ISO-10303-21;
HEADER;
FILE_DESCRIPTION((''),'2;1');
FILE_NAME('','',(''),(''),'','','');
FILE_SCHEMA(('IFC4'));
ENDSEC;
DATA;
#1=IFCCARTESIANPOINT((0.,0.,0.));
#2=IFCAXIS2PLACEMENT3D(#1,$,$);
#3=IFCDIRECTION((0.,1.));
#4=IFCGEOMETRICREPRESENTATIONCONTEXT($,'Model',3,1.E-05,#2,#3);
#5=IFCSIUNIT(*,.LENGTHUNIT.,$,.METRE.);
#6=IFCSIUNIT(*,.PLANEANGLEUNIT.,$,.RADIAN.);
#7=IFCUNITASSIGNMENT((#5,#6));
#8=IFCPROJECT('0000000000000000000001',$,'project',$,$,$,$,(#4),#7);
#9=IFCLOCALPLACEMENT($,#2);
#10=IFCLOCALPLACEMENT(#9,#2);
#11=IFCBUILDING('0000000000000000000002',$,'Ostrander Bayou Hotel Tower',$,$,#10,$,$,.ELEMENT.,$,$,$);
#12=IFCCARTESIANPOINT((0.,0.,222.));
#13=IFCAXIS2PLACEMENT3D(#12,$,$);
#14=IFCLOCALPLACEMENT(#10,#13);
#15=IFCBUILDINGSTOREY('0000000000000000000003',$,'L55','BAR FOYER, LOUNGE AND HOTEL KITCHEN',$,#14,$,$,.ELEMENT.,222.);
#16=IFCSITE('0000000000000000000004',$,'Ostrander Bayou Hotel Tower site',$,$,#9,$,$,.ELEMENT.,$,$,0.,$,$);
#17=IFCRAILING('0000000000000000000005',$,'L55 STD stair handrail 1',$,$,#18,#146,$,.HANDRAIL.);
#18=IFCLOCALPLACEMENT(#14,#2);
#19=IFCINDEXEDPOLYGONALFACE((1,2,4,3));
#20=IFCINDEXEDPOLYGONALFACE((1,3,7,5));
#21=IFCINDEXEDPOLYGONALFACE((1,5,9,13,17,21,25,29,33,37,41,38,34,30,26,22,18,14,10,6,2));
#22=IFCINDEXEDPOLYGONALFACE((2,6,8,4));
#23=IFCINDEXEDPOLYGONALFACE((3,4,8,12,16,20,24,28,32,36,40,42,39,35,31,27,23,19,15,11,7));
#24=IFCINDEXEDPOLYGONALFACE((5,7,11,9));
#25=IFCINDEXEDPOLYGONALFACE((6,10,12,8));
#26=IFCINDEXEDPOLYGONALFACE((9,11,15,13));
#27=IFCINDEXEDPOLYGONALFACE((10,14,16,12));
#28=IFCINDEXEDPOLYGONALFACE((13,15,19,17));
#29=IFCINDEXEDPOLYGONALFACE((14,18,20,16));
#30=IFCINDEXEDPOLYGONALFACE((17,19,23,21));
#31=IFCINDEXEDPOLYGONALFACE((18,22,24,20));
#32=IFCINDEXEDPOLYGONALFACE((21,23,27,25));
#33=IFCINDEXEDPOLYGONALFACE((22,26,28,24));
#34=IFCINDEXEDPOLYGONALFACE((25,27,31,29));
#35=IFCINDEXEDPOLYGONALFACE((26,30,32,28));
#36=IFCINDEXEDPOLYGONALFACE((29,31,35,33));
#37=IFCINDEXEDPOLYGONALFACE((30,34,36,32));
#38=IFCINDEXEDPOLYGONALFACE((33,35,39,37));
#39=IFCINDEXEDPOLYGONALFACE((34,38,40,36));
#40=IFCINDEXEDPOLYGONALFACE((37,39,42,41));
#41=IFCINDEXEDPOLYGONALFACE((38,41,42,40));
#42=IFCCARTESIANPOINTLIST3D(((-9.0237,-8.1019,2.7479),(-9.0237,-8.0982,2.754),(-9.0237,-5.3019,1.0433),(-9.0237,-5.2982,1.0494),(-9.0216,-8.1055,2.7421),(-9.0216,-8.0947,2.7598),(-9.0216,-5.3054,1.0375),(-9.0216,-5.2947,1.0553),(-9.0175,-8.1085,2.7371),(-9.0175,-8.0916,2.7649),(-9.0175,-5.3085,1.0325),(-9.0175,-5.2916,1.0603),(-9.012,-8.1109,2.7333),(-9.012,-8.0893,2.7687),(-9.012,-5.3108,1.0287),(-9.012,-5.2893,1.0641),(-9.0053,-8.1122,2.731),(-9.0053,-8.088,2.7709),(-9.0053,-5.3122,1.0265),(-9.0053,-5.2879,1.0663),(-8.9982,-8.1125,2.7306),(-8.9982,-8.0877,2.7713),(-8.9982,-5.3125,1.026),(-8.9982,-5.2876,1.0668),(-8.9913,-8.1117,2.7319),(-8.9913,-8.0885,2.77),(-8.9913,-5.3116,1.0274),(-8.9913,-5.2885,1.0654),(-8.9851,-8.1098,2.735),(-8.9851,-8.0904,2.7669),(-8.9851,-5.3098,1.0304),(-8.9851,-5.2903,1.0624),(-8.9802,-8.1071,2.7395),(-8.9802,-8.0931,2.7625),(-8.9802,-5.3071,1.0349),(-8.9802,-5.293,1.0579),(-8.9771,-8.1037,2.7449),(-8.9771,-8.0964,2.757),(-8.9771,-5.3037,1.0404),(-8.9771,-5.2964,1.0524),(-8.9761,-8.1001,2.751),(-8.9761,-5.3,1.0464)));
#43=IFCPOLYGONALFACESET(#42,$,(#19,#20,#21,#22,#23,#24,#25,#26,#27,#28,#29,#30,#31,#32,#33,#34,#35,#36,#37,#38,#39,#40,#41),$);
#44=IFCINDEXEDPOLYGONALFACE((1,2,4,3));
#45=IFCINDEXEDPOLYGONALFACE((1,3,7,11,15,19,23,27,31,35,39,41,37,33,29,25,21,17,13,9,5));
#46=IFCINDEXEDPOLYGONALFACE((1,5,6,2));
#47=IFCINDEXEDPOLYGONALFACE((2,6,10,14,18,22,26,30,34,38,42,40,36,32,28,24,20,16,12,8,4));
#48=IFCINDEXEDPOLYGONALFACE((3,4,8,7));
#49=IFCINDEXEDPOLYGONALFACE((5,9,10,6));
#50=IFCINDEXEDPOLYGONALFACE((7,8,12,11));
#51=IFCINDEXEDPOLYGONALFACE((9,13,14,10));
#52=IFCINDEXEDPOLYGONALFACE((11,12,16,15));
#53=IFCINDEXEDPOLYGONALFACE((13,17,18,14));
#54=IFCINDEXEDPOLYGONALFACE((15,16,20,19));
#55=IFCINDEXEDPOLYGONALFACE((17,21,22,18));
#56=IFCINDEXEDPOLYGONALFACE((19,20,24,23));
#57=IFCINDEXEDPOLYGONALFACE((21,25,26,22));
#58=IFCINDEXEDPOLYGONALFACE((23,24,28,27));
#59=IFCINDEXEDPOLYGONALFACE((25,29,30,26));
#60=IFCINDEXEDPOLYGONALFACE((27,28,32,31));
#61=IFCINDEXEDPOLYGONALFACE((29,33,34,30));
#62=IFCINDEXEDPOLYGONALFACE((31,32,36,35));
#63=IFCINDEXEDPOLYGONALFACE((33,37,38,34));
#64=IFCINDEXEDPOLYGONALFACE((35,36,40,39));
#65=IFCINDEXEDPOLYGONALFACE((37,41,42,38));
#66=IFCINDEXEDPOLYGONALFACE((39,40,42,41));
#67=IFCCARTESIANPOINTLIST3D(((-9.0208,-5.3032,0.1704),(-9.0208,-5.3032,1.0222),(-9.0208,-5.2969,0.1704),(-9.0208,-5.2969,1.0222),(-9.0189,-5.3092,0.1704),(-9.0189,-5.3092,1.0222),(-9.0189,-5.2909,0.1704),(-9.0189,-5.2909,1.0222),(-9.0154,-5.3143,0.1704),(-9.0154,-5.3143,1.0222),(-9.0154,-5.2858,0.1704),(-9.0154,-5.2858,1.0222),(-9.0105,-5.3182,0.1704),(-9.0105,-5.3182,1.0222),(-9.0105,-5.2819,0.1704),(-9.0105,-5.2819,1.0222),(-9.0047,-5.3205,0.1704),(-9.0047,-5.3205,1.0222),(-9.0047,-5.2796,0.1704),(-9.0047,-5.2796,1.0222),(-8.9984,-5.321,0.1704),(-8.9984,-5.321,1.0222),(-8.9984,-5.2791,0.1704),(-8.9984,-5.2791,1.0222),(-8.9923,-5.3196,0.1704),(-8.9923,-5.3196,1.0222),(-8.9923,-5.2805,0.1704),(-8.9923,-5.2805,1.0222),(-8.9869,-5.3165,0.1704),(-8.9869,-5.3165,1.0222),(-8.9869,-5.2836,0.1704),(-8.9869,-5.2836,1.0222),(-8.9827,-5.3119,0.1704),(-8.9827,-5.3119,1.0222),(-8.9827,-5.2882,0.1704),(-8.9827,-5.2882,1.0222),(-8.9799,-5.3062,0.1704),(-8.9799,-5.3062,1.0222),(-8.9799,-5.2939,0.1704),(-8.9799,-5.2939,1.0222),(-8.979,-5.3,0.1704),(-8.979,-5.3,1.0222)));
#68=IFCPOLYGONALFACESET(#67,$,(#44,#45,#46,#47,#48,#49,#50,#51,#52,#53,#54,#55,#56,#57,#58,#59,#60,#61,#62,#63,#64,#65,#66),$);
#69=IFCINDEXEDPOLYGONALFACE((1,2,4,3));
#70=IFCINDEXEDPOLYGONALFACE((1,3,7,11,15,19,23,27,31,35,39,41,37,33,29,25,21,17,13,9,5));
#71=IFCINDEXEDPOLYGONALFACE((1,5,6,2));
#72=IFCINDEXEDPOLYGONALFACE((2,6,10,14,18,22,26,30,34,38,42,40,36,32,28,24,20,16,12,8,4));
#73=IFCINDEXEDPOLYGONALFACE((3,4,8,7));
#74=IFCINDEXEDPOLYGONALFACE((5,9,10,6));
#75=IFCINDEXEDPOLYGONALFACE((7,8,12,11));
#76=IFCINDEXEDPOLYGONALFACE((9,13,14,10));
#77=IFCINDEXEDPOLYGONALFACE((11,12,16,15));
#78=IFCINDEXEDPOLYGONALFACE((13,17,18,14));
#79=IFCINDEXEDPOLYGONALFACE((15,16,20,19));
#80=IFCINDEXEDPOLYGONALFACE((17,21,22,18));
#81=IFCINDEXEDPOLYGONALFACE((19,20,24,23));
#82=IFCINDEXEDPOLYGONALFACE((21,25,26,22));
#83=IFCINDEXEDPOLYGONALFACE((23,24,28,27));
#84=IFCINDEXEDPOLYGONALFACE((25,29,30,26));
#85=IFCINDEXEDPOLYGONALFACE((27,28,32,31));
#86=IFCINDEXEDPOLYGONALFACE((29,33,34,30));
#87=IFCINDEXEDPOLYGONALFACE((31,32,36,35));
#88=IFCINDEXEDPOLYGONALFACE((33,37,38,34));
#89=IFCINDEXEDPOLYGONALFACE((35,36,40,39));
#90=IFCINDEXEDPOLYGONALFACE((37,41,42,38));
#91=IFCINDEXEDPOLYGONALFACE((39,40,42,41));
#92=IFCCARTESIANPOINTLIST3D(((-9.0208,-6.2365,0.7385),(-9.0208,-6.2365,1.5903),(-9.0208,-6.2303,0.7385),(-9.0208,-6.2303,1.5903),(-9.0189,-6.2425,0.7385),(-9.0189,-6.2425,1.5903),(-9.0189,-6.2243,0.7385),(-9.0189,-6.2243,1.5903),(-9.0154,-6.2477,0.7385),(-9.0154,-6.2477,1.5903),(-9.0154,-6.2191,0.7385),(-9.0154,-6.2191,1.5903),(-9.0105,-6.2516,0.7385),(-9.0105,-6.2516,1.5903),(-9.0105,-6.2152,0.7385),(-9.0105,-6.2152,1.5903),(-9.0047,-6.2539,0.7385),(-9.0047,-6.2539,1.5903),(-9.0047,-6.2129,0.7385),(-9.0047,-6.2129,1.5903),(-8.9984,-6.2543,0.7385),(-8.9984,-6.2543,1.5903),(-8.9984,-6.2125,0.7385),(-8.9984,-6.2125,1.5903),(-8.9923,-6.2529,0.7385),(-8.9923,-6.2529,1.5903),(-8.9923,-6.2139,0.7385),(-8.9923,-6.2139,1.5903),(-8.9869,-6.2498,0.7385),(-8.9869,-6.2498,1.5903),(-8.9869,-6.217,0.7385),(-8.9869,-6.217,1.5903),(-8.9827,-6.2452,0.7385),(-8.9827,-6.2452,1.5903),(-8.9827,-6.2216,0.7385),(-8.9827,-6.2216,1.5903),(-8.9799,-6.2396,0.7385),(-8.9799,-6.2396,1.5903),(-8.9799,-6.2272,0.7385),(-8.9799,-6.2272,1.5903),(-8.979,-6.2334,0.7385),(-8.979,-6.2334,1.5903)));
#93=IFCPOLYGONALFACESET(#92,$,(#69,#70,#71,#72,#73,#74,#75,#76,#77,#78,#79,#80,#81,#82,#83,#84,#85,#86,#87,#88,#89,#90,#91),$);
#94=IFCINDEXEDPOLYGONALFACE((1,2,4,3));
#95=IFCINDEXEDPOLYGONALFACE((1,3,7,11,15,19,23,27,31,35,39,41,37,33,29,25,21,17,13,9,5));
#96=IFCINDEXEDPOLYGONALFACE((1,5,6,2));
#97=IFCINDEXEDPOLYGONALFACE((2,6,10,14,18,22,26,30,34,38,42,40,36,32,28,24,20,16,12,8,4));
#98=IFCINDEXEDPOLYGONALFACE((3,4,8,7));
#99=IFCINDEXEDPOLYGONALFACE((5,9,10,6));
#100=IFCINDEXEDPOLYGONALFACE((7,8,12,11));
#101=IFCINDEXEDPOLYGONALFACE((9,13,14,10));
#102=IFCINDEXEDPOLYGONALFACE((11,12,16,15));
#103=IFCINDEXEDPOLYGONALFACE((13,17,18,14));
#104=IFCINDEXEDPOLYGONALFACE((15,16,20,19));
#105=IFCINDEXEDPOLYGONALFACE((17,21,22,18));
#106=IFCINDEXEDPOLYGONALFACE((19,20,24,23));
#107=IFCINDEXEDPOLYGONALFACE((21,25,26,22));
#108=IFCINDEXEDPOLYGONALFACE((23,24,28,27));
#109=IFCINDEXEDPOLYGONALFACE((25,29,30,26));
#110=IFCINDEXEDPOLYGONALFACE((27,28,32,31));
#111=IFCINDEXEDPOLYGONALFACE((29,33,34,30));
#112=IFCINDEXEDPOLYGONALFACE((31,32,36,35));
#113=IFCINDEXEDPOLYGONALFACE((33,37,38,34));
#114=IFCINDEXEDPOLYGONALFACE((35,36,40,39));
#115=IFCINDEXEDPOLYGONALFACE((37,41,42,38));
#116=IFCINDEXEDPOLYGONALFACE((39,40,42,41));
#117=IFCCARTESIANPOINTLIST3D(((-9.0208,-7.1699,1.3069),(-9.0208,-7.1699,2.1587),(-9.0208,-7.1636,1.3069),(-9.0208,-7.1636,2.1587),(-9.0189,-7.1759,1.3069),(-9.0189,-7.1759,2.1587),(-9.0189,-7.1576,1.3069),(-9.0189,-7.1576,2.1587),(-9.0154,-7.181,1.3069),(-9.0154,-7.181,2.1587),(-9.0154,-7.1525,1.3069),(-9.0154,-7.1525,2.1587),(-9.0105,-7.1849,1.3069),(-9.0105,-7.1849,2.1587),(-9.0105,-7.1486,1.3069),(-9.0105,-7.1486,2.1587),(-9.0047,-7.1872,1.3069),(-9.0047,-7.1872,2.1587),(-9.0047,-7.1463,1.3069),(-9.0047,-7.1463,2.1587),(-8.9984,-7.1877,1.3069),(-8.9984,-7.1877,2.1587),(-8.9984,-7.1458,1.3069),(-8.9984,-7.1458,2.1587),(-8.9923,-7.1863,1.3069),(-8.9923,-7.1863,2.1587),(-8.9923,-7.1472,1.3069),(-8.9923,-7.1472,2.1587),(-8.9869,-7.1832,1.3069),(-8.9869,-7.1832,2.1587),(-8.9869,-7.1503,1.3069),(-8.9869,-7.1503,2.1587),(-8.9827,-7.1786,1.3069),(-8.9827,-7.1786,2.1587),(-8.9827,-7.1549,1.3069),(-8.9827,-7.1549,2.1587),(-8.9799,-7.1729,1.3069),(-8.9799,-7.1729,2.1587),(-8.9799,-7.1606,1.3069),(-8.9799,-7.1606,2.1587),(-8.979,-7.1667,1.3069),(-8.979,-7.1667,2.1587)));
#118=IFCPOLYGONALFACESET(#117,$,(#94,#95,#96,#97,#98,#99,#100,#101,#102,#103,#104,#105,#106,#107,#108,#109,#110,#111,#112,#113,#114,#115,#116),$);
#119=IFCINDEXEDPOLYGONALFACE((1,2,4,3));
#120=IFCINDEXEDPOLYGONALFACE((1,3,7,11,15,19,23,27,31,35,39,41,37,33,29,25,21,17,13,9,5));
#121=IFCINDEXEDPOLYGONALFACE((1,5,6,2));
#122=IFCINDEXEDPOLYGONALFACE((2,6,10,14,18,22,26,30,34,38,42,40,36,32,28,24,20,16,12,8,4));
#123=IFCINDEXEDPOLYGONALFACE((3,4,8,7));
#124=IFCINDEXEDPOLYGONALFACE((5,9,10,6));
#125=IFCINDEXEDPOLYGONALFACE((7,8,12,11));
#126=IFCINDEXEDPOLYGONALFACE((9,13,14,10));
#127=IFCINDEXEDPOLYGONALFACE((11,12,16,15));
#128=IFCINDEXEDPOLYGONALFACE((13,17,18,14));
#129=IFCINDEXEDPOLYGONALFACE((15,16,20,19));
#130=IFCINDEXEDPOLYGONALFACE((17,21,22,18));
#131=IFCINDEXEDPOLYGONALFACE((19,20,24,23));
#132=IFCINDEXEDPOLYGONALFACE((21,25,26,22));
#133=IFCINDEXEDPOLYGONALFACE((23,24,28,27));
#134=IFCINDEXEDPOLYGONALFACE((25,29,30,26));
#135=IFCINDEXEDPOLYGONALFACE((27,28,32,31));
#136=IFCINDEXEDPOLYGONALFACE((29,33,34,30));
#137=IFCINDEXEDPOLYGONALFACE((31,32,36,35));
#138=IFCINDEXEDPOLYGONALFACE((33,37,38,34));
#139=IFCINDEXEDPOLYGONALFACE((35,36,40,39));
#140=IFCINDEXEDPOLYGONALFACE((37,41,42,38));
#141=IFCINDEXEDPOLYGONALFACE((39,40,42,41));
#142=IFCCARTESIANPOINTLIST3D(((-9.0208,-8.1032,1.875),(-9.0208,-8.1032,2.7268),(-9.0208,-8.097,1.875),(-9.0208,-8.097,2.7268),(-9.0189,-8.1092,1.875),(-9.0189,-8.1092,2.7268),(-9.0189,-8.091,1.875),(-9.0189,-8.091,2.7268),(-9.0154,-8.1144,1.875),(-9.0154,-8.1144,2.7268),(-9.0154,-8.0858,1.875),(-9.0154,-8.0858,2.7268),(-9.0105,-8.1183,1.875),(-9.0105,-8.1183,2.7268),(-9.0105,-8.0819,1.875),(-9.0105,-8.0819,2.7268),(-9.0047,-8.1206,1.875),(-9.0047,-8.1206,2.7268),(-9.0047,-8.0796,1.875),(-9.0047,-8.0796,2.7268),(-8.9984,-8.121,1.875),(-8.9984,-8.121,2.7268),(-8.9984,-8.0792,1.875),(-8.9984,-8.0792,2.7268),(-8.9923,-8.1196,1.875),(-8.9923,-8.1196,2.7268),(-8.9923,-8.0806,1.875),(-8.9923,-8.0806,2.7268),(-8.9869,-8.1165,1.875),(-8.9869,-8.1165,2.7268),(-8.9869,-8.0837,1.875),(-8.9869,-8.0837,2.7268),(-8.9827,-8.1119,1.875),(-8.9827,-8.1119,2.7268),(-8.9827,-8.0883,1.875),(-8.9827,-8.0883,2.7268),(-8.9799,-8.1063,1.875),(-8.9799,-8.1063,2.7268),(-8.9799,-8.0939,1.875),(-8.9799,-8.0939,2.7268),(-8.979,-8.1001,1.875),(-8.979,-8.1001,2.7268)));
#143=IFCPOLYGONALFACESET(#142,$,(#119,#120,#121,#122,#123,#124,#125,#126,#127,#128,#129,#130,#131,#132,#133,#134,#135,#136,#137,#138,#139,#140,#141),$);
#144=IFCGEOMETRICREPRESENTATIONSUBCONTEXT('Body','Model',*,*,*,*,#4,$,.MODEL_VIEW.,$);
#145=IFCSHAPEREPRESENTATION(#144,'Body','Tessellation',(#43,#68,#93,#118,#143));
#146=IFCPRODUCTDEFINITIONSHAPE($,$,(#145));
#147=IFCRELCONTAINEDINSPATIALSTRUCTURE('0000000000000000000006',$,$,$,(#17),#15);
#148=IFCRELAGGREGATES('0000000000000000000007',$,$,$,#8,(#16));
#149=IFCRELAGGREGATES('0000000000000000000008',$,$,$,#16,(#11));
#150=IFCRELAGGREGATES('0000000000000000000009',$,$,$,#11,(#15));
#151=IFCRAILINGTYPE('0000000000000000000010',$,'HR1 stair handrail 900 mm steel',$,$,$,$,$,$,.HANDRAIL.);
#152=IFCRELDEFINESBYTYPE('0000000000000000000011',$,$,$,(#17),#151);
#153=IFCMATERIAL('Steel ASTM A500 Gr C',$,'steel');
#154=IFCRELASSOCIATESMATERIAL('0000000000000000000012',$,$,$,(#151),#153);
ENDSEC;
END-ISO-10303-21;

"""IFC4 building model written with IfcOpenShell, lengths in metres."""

from ifc_helpers import new_model, si_unit, direction, frame, origin, origin_2d, place, context, subcontext, project, spatial, circle, extrude, material, type_object, element, save


model = new_model("IFC4")

# Units and contexts
model_context = context("Model", 3, precision=1e-05, world=origin(), true_north=direction((0.0, 1.0)))
body_context = subcontext(model_context, "Body", "Model", "MODEL_VIEW")
ifc_project = project(units=[si_unit("LENGTHUNIT", "METRE"), si_unit("PLANEANGLEUNIT", "RADIAN")], contexts=[model_context])

# Site, building, storey
site_placement = place(None, origin())
site = spatial("IfcSite", under=ifc_project, at=site_placement, Name="Ostrander Bayou Hotel Tower site", CompositionType="ELEMENT", RefElevation=0.0)
building_placement = place(site_placement, origin())
building = spatial("IfcBuilding", under=site, at=building_placement, Name="Ostrander Bayou Hotel Tower", CompositionType="ELEMENT")
storey_placement = place(building_placement, frame((0.0, 0.0, 222.0)))
storey = spatial("IfcBuildingStorey", under=building, at=storey_placement, Name="L55", Description="BAR FOYER, LOUNGE AND HOTEL KITCHEN", CompositionType="ELEMENT", Elevation=222.0)

# Railing
ifc_material_1 = material(Name="Steel ASTM A500 Gr C", Category="steel")
railing_type_1 = type_object("IfcRailingType", Name="HR1 stair handrail 900 mm steel", PredefinedType="HANDRAIL", material=ifc_material_1)
railing_1_placement = place(storey_placement, frame((-9.0, -5.3, 0.1704)))
element("IfcRailing", 1, at=railing_1_placement, inside=storey, type_object=railing_type_1, Name="L55 STD stair handrail 1", PredefinedType="HANDRAIL", context=body_context, shape_type="SweptSolid", body=[
    extrude(circle(Radius=0.0239, at=origin_2d()), frame((0.0, 0.0, 0.876), z_axis=(0.0, -0.85417, 0.519994), x_axis=(1.0, 0.0, 0.0)), (0.0, 0.0, 1.0), 3.2781),
    extrude(circle(Radius=0.021, at=origin_2d()), origin(), (0.0, 0.0, 1.0), 0.8518),
    extrude(circle(Radius=0.021, at=origin_2d()), frame((0.0, -0.9333, 0.5681)), (0.0, 0.0, 1.0), 0.8518),
    extrude(circle(Radius=0.021, at=origin_2d()), frame((0.0, -1.8667, 1.1365)), (0.0, 0.0, 1.0), 0.8518),
    extrude(circle(Radius=0.021, at=origin_2d()), frame((0.0, -2.8, 1.7046)), (0.0, 0.0, 1.0), 0.8518),
])

save(model, "model.ifc")
